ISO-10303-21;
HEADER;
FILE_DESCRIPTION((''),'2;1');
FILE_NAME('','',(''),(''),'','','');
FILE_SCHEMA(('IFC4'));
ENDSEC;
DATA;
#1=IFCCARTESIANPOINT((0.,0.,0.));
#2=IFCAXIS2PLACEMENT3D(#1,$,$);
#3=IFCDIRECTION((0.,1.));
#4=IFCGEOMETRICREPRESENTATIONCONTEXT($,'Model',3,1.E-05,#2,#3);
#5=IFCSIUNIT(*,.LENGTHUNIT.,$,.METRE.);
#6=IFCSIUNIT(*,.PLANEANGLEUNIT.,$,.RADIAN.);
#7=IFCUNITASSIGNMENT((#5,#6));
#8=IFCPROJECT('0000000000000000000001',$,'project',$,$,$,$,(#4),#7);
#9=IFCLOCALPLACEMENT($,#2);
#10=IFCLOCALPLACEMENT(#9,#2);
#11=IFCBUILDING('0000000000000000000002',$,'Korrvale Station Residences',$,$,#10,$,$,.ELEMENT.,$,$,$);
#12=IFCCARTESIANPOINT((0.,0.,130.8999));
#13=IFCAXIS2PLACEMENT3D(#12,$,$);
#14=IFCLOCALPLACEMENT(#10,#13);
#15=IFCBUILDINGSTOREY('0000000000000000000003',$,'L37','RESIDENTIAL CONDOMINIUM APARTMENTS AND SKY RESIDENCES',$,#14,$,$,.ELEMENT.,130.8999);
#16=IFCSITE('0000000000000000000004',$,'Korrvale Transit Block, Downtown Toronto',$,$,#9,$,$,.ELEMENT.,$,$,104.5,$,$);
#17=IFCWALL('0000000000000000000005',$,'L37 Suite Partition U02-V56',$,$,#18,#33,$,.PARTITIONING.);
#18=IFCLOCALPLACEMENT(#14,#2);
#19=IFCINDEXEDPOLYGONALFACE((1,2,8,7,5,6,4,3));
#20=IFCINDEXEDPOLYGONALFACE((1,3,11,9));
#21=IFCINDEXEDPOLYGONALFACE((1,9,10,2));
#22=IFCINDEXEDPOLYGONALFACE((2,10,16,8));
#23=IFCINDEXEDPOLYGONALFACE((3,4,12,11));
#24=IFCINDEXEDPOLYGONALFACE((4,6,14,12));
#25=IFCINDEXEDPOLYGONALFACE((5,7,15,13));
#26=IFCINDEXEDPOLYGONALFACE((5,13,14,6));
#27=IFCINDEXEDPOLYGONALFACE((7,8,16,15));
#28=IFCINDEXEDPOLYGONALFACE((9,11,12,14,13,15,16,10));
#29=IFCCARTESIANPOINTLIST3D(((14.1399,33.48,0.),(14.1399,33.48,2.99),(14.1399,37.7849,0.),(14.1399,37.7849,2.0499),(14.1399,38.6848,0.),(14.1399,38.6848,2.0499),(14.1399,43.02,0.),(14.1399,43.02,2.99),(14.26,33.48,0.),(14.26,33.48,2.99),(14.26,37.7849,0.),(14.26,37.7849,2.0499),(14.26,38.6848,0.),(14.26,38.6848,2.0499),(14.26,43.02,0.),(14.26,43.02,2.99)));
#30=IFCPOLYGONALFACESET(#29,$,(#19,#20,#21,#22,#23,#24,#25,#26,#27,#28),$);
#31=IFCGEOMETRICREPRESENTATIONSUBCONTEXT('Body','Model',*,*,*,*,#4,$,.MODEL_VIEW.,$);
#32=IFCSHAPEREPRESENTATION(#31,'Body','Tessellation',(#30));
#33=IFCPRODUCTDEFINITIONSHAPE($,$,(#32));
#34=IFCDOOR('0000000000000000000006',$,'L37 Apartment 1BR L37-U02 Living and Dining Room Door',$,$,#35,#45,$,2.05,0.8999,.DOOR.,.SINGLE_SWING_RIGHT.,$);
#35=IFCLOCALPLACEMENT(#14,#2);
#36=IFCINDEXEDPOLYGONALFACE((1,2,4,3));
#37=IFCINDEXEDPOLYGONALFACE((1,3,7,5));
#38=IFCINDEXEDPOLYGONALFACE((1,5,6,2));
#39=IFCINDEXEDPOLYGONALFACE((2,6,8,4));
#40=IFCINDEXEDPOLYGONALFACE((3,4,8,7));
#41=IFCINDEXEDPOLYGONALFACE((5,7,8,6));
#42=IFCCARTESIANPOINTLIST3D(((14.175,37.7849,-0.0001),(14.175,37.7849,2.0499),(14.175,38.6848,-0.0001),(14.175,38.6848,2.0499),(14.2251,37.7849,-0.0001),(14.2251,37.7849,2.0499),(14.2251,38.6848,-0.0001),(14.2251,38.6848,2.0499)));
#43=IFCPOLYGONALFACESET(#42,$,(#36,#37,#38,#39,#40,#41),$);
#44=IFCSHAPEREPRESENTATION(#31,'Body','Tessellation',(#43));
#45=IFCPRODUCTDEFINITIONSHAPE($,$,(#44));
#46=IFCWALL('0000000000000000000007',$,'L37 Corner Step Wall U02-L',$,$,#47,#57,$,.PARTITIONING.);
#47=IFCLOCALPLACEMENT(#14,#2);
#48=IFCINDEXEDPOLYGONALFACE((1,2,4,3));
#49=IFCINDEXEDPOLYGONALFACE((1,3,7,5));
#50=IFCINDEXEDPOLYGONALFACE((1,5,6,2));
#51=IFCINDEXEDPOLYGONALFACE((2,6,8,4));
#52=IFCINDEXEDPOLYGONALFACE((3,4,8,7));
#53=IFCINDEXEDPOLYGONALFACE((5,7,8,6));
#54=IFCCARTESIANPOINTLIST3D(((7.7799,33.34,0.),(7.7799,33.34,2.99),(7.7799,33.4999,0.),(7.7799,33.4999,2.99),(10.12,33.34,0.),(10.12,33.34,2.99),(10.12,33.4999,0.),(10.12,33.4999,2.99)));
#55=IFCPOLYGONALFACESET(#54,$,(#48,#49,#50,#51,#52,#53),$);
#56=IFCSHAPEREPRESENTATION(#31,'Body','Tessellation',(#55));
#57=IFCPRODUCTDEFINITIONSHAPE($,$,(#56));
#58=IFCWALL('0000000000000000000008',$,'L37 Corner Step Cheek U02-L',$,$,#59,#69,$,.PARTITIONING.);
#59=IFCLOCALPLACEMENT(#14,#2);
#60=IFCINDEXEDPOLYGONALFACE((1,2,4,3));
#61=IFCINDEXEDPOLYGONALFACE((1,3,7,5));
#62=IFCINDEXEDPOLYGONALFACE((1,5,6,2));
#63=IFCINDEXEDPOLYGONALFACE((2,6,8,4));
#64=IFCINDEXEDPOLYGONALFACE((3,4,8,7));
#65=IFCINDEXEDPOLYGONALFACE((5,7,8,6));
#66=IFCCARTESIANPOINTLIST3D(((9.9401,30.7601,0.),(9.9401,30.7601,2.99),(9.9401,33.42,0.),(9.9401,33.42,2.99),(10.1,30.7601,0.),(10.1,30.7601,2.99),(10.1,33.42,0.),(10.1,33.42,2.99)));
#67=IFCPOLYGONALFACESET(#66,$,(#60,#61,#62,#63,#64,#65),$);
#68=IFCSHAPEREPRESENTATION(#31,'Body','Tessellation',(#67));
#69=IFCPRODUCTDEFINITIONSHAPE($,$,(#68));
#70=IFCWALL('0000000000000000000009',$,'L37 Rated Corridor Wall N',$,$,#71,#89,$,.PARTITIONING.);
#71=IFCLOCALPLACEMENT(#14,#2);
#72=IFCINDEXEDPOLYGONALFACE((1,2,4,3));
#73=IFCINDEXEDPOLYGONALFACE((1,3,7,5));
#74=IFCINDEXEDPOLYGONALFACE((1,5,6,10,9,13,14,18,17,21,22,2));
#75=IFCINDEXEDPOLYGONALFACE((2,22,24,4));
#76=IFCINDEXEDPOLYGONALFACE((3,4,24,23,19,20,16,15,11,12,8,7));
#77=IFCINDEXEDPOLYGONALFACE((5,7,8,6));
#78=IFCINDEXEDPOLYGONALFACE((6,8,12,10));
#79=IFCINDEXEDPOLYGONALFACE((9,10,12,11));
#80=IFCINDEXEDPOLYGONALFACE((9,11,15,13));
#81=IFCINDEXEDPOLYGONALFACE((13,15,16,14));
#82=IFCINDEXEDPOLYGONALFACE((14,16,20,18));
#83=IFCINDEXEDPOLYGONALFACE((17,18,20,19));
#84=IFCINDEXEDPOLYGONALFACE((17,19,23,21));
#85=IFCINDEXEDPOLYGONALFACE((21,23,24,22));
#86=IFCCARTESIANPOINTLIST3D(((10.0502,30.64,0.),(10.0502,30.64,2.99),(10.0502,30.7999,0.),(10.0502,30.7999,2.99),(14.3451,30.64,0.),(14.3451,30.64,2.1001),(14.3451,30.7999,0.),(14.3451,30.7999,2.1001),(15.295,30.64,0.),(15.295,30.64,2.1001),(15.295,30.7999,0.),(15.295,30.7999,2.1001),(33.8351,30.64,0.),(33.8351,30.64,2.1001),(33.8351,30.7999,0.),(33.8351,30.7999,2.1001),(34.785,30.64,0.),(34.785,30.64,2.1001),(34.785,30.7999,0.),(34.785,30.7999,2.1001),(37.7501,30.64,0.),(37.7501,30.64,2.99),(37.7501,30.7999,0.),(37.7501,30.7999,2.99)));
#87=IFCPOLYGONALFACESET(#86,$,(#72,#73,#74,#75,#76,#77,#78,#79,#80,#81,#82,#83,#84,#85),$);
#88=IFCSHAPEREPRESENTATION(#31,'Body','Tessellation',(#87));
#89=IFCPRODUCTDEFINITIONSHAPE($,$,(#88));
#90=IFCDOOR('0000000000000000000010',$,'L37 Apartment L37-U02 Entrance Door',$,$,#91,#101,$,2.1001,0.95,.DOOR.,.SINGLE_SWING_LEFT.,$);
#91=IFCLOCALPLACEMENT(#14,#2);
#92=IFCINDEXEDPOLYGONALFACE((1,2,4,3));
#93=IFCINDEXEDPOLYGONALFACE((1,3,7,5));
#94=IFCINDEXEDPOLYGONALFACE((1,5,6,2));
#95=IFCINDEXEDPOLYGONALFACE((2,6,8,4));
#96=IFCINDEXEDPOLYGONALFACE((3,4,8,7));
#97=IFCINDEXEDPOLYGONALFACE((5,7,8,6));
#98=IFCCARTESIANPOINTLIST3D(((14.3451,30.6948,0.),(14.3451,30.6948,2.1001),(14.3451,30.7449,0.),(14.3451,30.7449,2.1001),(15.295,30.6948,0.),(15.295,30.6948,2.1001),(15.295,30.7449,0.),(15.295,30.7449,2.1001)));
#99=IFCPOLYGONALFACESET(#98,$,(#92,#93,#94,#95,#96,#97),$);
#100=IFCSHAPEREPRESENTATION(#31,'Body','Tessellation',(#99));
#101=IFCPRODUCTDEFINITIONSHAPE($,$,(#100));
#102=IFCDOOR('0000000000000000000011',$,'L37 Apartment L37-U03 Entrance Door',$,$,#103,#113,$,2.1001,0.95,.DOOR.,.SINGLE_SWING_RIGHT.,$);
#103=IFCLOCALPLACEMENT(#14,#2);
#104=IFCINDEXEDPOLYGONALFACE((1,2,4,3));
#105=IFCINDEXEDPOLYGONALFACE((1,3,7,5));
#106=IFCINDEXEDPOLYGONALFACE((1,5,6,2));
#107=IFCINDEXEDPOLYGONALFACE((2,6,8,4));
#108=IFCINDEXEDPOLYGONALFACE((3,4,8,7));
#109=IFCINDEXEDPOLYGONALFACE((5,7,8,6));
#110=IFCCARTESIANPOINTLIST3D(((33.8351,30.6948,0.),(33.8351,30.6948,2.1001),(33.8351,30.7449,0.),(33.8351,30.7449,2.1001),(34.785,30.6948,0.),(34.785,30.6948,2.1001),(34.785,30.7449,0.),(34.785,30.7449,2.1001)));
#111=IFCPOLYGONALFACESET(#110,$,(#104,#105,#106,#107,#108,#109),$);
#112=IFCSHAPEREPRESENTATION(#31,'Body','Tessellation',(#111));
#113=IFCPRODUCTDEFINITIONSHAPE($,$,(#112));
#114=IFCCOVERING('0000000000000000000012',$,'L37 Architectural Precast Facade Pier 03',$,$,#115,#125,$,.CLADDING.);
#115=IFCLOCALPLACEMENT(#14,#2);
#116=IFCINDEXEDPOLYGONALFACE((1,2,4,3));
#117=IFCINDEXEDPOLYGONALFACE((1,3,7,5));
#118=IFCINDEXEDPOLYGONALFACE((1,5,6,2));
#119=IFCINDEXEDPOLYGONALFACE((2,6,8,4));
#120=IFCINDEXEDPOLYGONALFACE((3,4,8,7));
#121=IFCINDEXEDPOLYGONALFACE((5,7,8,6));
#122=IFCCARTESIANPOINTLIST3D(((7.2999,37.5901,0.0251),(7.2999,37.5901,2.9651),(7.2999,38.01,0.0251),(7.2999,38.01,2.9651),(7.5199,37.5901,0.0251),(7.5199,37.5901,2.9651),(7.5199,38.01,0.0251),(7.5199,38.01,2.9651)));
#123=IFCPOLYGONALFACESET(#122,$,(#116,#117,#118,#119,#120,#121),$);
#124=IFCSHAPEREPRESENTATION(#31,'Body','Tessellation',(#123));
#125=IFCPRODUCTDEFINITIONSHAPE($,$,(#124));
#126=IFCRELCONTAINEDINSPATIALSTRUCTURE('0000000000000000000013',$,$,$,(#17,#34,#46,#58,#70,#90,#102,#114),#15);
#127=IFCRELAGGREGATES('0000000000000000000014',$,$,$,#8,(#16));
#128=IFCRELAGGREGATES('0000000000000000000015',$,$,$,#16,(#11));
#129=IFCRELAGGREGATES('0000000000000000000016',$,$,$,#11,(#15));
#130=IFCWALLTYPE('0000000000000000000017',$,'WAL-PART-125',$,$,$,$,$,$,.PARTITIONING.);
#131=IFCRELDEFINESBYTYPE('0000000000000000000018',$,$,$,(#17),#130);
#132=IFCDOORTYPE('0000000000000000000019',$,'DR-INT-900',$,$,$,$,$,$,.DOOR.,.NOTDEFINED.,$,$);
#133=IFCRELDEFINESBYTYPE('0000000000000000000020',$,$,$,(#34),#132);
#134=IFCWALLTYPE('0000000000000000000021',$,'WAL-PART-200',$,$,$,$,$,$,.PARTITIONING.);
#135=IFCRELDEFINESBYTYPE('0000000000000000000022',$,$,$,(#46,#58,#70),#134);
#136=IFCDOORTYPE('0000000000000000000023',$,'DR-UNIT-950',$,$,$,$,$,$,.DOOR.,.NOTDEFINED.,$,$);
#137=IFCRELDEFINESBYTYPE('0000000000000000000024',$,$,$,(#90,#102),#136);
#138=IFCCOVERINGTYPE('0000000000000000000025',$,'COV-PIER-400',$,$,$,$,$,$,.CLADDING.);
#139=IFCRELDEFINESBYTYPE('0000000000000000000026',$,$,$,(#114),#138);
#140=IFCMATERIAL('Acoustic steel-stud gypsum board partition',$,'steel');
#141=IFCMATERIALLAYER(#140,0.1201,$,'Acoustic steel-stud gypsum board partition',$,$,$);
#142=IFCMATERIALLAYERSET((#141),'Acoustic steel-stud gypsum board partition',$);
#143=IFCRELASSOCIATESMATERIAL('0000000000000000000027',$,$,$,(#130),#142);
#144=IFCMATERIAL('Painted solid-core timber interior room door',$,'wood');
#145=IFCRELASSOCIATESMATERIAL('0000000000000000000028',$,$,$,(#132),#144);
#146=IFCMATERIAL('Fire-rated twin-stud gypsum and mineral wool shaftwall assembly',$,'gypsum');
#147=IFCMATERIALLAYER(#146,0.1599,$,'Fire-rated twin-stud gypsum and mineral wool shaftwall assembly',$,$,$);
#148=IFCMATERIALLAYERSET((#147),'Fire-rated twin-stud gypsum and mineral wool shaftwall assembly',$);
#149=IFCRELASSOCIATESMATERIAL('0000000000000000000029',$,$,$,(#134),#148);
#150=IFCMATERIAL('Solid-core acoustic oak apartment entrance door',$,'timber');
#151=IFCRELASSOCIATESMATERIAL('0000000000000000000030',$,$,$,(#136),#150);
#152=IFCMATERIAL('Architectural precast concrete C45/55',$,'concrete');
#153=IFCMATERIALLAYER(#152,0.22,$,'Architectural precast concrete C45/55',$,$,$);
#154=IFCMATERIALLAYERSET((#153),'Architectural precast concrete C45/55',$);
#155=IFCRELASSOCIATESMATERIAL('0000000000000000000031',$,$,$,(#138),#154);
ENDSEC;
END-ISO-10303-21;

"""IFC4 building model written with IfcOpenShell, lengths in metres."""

from ifc_helpers import new_model, si_unit, direction, frame, frame_2d, origin, origin_2d, place, context, subcontext, project, spatial, rectangle, extrude, material, layer, layer_set, type_object, element, fill, save


model = new_model("IFC4")

# Units and contexts
model_context = context("Model", 3, precision=1e-05, world=origin(), true_north=direction((0.0, 1.0)))
body_context = subcontext(model_context, "Body", "Model", "MODEL_VIEW")
ifc_project = project(units=[si_unit("LENGTHUNIT", "METRE"), si_unit("PLANEANGLEUNIT", "RADIAN")], contexts=[model_context])

# Site, building, storey
site_placement = place(None, origin())
site = spatial("IfcSite", under=ifc_project, at=site_placement, Name="Korrvale Transit Block, Downtown Toronto", CompositionType="ELEMENT", RefElevation=104.5)
building_placement = place(site_placement, origin())
building = spatial("IfcBuilding", under=site, at=building_placement, Name="Korrvale Station Residences", CompositionType="ELEMENT")
storey_placement = place(building_placement, frame((0.0, 0.0, 130.8999)))
storey = spatial("IfcBuildingStorey", under=building, at=storey_placement, Name="L37", Description="RESIDENTIAL CONDOMINIUM APARTMENTS AND SKY RESIDENCES", CompositionType="ELEMENT", Elevation=130.8999)

# Shared definitions
ifc_material_1 = material(Name="Acoustic steel-stud gypsum board partition", Category="steel")
ifc_layer_1 = layer(ifc_material_1, 0.1201, Name="Acoustic steel-stud gypsum board partition")
ifc_layer_set_1 = layer_set([ifc_layer_1], Name="Acoustic steel-stud gypsum board partition")
wall_type_1 = type_object("IfcWallType", Name="WAL-PART-125", PredefinedType="PARTITIONING", material=ifc_layer_set_1)

# Wall, opening, door
ifc_material_2 = material(Name="Painted solid-core timber interior room door", Category="wood")
door_type_1 = type_object("IfcDoorType", Name="DR-INT-900", OperationType="NOTDEFINED", PredefinedType="DOOR", material=ifc_material_2)
wall_1_placement = place(storey_placement, frame((14.2, 33.48, 0.0), z_axis=(0.0, 0.0, 1.0), x_axis=(0.0, 1.0, 0.0)))
wall_1 = element("IfcWall", 1, at=wall_1_placement, inside=storey, type_object=wall_type_1, Name="L37 Suite Partition U02-V56", PredefinedType="PARTITIONING", context=body_context, shape_type="SweptSolid", body=[
    extrude(rectangle(XDim=9.54, YDim=0.1201, at=frame_2d((4.77, 0.0))), origin(), (0.0, 0.0, 1.0), 2.99),
])
opening_1_placement = place(wall_1_placement, frame((4.3049, 0.0, 0.0)))
opening_1 = element("IfcOpeningElement", 2, at=opening_1_placement, cuts=wall_1, PredefinedType="OPENING", context=body_context, shape_type="SweptSolid", body=[
    extrude(rectangle(XDim=0.8999, YDim=2.05, at=frame_2d((0.45, 1.0249))), frame((0.0, 0.0701, 0.0), z_axis=(0.0, -1.0, 0.0), x_axis=(1.0, 0.0, 0.0)), (0.0, 0.0, 1.0), 0.1401),
])
door_1_placement = place(opening_1_placement, origin())
door_1 = element("IfcDoor", 3, at=door_1_placement, inside=storey, type_object=door_type_1, Name="L37 Apartment 1BR L37-U02 Living and Dining Room Door", OperationType="SINGLE_SWING_RIGHT", OverallHeight=2.05, OverallWidth=0.8999, PredefinedType="DOOR", context=body_context, shape_type="SweptSolid", body=[
    extrude(rectangle(XDim=0.8999, YDim=2.05, at=frame_2d((0.45, 1.0249))), frame((0.0, 0.0249, 0.0), z_axis=(0.0, -1.0, 0.0), x_axis=(1.0, 0.0, 0.0)), (0.0, 0.0, 1.0), 0.05),
])
fill(opening_1, door_1)

# Walls
ifc_material_3 = material(Name="Fire-rated twin-stud gypsum and mineral wool shaftwall assembly", Category="gypsum")
ifc_layer_2 = layer(ifc_material_3, 0.1599, Name="Fire-rated twin-stud gypsum and mineral wool shaftwall assembly")
ifc_layer_set_2 = layer_set([ifc_layer_2], Name="Fire-rated twin-stud gypsum and mineral wool shaftwall assembly")
wall_type_2 = type_object("IfcWallType", Name="WAL-PART-200", PredefinedType="PARTITIONING", material=ifc_layer_set_2)
wall_2_placement = place(storey_placement, frame((7.78, 33.4199, 0.0), z_axis=(0.0, 0.0, 1.0), x_axis=(1.0, 0.0, 0.0)))
element("IfcWall", 4, at=wall_2_placement, inside=storey, type_object=wall_type_2, Name="L37 Corner Step Wall U02-L", PredefinedType="PARTITIONING", context=body_context, shape_type="SweptSolid", body=[
    extrude(rectangle(XDim=2.3401, YDim=0.1599, at=frame_2d((1.1699, 0.0))), origin(), (0.0, 0.0, 1.0), 2.99),
])
wall_3_placement = place(storey_placement, frame((10.02, 30.76, 0.0), z_axis=(0.0, 0.0, 1.0), x_axis=(0.0, 1.0, 0.0)))
element("IfcWall", 5, at=wall_3_placement, inside=storey, type_object=wall_type_2, Name="L37 Corner Step Cheek U02-L", PredefinedType="PARTITIONING", context=body_context, shape_type="SweptSolid", body=[
    extrude(rectangle(XDim=2.6599, YDim=0.1599, at=frame_2d((1.3301, 0.0))), origin(), (0.0, 0.0, 1.0), 2.99),
])

# Wall, openings, doors
wall_4_placement = place(storey_placement, frame((10.05, 30.72, 0.0), z_axis=(0.0, 0.0, 1.0), x_axis=(1.0, 0.0, 0.0)))
wall_4 = element("IfcWall", 6, at=wall_4_placement, inside=storey, type_object=wall_type_2, Name="L37 Rated Corridor Wall N", PredefinedType="PARTITIONING", context=body_context, shape_type="SweptSolid", body=[
    extrude(rectangle(XDim=27.7, YDim=0.1599, at=frame_2d((13.8501, 0.0))), origin(), (0.0, 0.0, 1.0), 2.99),
])
opening_2_placement = place(wall_4_placement, frame((4.2949, 0.0, 0.0)))
opening_2 = element("IfcOpeningElement", 7, at=opening_2_placement, cuts=wall_4, PredefinedType="OPENING", context=body_context, shape_type="SweptSolid", body=[
    extrude(rectangle(XDim=0.95, YDim=2.1001, at=frame_2d((0.4751, 1.05))), frame((0.0, 0.0898, 0.0), z_axis=(0.0, -1.0, 0.0), x_axis=(1.0, 0.0, 0.0)), (0.0, 0.0, 1.0), 0.1799),
])
opening_3_placement = place(wall_4_placement, frame((23.7849, 0.0, 0.0)))
opening_3 = element("IfcOpeningElement", 8, at=opening_3_placement, cuts=wall_4, PredefinedType="OPENING", context=body_context, shape_type="SweptSolid", body=[
    extrude(rectangle(XDim=0.95, YDim=2.1001, at=frame_2d((0.4751, 1.05))), frame((0.0, 0.0898, 0.0), z_axis=(0.0, -1.0, 0.0), x_axis=(1.0, 0.0, 0.0)), (0.0, 0.0, 1.0), 0.1799),
])
ifc_material_4 = material(Name="Solid-core acoustic oak apartment entrance door", Category="timber")
door_type_2 = type_object("IfcDoorType", Name="DR-UNIT-950", OperationType="NOTDEFINED", PredefinedType="DOOR", material=ifc_material_4)
door_2_placement = place(opening_2_placement, origin())
door_2 = element("IfcDoor", 9, at=door_2_placement, inside=storey, type_object=door_type_2, Name="L37 Apartment L37-U02 Entrance Door", OperationType="SINGLE_SWING_LEFT", OverallHeight=2.1001, OverallWidth=0.95, PredefinedType="DOOR", context=body_context, shape_type="SweptSolid", body=[
    extrude(rectangle(XDim=0.95, YDim=2.1001, at=frame_2d((0.4751, 1.05))), frame((0.0, 0.0249, 0.0), z_axis=(0.0, -1.0, 0.0), x_axis=(1.0, 0.0, 0.0)), (0.0, 0.0, 1.0), 0.05),
])
fill(opening_2, door_2)
door_3_placement = place(opening_3_placement, origin())
door_3 = element("IfcDoor", 10, at=door_3_placement, inside=storey, type_object=door_type_2, Name="L37 Apartment L37-U03 Entrance Door", OperationType="SINGLE_SWING_RIGHT", OverallHeight=2.1001, OverallWidth=0.95, PredefinedType="DOOR", context=body_context, shape_type="SweptSolid", body=[
    extrude(rectangle(XDim=0.95, YDim=2.1001, at=frame_2d((0.4751, 1.05))), frame((0.0, 0.0249, 0.0), z_axis=(0.0, -1.0, 0.0), x_axis=(1.0, 0.0, 0.0)), (0.0, 0.0, 1.0), 0.05),
])
fill(opening_3, door_3)

# Covering
ifc_material_5 = material(Name="Architectural precast concrete C45/55", Category="concrete")
ifc_layer_3 = layer(ifc_material_5, 0.22, Name="Architectural precast concrete C45/55")
ifc_layer_set_3 = layer_set([ifc_layer_3], Name="Architectural precast concrete C45/55")
covering_type = type_object("IfcCoveringType", Name="COV-PIER-400", PredefinedType="CLADDING", material=ifc_layer_set_3)
covering_placement = place(storey_placement, frame((7.4099, 37.8, 0.0251), z_axis=(0.0, 0.0, 1.0), x_axis=(0.0, 1.0, 0.0)))
element("IfcCovering", 11, at=covering_placement, inside=storey, type_object=covering_type, Name="L37 Architectural Precast Facade Pier 03", PredefinedType="CLADDING", context=body_context, shape_type="SweptSolid", body=[
    extrude(rectangle(XDim=0.4199, YDim=0.22, at=origin_2d()), origin(), (0.0, 0.0, 1.0), 2.9399),
])

save(model, "model.ifc")
